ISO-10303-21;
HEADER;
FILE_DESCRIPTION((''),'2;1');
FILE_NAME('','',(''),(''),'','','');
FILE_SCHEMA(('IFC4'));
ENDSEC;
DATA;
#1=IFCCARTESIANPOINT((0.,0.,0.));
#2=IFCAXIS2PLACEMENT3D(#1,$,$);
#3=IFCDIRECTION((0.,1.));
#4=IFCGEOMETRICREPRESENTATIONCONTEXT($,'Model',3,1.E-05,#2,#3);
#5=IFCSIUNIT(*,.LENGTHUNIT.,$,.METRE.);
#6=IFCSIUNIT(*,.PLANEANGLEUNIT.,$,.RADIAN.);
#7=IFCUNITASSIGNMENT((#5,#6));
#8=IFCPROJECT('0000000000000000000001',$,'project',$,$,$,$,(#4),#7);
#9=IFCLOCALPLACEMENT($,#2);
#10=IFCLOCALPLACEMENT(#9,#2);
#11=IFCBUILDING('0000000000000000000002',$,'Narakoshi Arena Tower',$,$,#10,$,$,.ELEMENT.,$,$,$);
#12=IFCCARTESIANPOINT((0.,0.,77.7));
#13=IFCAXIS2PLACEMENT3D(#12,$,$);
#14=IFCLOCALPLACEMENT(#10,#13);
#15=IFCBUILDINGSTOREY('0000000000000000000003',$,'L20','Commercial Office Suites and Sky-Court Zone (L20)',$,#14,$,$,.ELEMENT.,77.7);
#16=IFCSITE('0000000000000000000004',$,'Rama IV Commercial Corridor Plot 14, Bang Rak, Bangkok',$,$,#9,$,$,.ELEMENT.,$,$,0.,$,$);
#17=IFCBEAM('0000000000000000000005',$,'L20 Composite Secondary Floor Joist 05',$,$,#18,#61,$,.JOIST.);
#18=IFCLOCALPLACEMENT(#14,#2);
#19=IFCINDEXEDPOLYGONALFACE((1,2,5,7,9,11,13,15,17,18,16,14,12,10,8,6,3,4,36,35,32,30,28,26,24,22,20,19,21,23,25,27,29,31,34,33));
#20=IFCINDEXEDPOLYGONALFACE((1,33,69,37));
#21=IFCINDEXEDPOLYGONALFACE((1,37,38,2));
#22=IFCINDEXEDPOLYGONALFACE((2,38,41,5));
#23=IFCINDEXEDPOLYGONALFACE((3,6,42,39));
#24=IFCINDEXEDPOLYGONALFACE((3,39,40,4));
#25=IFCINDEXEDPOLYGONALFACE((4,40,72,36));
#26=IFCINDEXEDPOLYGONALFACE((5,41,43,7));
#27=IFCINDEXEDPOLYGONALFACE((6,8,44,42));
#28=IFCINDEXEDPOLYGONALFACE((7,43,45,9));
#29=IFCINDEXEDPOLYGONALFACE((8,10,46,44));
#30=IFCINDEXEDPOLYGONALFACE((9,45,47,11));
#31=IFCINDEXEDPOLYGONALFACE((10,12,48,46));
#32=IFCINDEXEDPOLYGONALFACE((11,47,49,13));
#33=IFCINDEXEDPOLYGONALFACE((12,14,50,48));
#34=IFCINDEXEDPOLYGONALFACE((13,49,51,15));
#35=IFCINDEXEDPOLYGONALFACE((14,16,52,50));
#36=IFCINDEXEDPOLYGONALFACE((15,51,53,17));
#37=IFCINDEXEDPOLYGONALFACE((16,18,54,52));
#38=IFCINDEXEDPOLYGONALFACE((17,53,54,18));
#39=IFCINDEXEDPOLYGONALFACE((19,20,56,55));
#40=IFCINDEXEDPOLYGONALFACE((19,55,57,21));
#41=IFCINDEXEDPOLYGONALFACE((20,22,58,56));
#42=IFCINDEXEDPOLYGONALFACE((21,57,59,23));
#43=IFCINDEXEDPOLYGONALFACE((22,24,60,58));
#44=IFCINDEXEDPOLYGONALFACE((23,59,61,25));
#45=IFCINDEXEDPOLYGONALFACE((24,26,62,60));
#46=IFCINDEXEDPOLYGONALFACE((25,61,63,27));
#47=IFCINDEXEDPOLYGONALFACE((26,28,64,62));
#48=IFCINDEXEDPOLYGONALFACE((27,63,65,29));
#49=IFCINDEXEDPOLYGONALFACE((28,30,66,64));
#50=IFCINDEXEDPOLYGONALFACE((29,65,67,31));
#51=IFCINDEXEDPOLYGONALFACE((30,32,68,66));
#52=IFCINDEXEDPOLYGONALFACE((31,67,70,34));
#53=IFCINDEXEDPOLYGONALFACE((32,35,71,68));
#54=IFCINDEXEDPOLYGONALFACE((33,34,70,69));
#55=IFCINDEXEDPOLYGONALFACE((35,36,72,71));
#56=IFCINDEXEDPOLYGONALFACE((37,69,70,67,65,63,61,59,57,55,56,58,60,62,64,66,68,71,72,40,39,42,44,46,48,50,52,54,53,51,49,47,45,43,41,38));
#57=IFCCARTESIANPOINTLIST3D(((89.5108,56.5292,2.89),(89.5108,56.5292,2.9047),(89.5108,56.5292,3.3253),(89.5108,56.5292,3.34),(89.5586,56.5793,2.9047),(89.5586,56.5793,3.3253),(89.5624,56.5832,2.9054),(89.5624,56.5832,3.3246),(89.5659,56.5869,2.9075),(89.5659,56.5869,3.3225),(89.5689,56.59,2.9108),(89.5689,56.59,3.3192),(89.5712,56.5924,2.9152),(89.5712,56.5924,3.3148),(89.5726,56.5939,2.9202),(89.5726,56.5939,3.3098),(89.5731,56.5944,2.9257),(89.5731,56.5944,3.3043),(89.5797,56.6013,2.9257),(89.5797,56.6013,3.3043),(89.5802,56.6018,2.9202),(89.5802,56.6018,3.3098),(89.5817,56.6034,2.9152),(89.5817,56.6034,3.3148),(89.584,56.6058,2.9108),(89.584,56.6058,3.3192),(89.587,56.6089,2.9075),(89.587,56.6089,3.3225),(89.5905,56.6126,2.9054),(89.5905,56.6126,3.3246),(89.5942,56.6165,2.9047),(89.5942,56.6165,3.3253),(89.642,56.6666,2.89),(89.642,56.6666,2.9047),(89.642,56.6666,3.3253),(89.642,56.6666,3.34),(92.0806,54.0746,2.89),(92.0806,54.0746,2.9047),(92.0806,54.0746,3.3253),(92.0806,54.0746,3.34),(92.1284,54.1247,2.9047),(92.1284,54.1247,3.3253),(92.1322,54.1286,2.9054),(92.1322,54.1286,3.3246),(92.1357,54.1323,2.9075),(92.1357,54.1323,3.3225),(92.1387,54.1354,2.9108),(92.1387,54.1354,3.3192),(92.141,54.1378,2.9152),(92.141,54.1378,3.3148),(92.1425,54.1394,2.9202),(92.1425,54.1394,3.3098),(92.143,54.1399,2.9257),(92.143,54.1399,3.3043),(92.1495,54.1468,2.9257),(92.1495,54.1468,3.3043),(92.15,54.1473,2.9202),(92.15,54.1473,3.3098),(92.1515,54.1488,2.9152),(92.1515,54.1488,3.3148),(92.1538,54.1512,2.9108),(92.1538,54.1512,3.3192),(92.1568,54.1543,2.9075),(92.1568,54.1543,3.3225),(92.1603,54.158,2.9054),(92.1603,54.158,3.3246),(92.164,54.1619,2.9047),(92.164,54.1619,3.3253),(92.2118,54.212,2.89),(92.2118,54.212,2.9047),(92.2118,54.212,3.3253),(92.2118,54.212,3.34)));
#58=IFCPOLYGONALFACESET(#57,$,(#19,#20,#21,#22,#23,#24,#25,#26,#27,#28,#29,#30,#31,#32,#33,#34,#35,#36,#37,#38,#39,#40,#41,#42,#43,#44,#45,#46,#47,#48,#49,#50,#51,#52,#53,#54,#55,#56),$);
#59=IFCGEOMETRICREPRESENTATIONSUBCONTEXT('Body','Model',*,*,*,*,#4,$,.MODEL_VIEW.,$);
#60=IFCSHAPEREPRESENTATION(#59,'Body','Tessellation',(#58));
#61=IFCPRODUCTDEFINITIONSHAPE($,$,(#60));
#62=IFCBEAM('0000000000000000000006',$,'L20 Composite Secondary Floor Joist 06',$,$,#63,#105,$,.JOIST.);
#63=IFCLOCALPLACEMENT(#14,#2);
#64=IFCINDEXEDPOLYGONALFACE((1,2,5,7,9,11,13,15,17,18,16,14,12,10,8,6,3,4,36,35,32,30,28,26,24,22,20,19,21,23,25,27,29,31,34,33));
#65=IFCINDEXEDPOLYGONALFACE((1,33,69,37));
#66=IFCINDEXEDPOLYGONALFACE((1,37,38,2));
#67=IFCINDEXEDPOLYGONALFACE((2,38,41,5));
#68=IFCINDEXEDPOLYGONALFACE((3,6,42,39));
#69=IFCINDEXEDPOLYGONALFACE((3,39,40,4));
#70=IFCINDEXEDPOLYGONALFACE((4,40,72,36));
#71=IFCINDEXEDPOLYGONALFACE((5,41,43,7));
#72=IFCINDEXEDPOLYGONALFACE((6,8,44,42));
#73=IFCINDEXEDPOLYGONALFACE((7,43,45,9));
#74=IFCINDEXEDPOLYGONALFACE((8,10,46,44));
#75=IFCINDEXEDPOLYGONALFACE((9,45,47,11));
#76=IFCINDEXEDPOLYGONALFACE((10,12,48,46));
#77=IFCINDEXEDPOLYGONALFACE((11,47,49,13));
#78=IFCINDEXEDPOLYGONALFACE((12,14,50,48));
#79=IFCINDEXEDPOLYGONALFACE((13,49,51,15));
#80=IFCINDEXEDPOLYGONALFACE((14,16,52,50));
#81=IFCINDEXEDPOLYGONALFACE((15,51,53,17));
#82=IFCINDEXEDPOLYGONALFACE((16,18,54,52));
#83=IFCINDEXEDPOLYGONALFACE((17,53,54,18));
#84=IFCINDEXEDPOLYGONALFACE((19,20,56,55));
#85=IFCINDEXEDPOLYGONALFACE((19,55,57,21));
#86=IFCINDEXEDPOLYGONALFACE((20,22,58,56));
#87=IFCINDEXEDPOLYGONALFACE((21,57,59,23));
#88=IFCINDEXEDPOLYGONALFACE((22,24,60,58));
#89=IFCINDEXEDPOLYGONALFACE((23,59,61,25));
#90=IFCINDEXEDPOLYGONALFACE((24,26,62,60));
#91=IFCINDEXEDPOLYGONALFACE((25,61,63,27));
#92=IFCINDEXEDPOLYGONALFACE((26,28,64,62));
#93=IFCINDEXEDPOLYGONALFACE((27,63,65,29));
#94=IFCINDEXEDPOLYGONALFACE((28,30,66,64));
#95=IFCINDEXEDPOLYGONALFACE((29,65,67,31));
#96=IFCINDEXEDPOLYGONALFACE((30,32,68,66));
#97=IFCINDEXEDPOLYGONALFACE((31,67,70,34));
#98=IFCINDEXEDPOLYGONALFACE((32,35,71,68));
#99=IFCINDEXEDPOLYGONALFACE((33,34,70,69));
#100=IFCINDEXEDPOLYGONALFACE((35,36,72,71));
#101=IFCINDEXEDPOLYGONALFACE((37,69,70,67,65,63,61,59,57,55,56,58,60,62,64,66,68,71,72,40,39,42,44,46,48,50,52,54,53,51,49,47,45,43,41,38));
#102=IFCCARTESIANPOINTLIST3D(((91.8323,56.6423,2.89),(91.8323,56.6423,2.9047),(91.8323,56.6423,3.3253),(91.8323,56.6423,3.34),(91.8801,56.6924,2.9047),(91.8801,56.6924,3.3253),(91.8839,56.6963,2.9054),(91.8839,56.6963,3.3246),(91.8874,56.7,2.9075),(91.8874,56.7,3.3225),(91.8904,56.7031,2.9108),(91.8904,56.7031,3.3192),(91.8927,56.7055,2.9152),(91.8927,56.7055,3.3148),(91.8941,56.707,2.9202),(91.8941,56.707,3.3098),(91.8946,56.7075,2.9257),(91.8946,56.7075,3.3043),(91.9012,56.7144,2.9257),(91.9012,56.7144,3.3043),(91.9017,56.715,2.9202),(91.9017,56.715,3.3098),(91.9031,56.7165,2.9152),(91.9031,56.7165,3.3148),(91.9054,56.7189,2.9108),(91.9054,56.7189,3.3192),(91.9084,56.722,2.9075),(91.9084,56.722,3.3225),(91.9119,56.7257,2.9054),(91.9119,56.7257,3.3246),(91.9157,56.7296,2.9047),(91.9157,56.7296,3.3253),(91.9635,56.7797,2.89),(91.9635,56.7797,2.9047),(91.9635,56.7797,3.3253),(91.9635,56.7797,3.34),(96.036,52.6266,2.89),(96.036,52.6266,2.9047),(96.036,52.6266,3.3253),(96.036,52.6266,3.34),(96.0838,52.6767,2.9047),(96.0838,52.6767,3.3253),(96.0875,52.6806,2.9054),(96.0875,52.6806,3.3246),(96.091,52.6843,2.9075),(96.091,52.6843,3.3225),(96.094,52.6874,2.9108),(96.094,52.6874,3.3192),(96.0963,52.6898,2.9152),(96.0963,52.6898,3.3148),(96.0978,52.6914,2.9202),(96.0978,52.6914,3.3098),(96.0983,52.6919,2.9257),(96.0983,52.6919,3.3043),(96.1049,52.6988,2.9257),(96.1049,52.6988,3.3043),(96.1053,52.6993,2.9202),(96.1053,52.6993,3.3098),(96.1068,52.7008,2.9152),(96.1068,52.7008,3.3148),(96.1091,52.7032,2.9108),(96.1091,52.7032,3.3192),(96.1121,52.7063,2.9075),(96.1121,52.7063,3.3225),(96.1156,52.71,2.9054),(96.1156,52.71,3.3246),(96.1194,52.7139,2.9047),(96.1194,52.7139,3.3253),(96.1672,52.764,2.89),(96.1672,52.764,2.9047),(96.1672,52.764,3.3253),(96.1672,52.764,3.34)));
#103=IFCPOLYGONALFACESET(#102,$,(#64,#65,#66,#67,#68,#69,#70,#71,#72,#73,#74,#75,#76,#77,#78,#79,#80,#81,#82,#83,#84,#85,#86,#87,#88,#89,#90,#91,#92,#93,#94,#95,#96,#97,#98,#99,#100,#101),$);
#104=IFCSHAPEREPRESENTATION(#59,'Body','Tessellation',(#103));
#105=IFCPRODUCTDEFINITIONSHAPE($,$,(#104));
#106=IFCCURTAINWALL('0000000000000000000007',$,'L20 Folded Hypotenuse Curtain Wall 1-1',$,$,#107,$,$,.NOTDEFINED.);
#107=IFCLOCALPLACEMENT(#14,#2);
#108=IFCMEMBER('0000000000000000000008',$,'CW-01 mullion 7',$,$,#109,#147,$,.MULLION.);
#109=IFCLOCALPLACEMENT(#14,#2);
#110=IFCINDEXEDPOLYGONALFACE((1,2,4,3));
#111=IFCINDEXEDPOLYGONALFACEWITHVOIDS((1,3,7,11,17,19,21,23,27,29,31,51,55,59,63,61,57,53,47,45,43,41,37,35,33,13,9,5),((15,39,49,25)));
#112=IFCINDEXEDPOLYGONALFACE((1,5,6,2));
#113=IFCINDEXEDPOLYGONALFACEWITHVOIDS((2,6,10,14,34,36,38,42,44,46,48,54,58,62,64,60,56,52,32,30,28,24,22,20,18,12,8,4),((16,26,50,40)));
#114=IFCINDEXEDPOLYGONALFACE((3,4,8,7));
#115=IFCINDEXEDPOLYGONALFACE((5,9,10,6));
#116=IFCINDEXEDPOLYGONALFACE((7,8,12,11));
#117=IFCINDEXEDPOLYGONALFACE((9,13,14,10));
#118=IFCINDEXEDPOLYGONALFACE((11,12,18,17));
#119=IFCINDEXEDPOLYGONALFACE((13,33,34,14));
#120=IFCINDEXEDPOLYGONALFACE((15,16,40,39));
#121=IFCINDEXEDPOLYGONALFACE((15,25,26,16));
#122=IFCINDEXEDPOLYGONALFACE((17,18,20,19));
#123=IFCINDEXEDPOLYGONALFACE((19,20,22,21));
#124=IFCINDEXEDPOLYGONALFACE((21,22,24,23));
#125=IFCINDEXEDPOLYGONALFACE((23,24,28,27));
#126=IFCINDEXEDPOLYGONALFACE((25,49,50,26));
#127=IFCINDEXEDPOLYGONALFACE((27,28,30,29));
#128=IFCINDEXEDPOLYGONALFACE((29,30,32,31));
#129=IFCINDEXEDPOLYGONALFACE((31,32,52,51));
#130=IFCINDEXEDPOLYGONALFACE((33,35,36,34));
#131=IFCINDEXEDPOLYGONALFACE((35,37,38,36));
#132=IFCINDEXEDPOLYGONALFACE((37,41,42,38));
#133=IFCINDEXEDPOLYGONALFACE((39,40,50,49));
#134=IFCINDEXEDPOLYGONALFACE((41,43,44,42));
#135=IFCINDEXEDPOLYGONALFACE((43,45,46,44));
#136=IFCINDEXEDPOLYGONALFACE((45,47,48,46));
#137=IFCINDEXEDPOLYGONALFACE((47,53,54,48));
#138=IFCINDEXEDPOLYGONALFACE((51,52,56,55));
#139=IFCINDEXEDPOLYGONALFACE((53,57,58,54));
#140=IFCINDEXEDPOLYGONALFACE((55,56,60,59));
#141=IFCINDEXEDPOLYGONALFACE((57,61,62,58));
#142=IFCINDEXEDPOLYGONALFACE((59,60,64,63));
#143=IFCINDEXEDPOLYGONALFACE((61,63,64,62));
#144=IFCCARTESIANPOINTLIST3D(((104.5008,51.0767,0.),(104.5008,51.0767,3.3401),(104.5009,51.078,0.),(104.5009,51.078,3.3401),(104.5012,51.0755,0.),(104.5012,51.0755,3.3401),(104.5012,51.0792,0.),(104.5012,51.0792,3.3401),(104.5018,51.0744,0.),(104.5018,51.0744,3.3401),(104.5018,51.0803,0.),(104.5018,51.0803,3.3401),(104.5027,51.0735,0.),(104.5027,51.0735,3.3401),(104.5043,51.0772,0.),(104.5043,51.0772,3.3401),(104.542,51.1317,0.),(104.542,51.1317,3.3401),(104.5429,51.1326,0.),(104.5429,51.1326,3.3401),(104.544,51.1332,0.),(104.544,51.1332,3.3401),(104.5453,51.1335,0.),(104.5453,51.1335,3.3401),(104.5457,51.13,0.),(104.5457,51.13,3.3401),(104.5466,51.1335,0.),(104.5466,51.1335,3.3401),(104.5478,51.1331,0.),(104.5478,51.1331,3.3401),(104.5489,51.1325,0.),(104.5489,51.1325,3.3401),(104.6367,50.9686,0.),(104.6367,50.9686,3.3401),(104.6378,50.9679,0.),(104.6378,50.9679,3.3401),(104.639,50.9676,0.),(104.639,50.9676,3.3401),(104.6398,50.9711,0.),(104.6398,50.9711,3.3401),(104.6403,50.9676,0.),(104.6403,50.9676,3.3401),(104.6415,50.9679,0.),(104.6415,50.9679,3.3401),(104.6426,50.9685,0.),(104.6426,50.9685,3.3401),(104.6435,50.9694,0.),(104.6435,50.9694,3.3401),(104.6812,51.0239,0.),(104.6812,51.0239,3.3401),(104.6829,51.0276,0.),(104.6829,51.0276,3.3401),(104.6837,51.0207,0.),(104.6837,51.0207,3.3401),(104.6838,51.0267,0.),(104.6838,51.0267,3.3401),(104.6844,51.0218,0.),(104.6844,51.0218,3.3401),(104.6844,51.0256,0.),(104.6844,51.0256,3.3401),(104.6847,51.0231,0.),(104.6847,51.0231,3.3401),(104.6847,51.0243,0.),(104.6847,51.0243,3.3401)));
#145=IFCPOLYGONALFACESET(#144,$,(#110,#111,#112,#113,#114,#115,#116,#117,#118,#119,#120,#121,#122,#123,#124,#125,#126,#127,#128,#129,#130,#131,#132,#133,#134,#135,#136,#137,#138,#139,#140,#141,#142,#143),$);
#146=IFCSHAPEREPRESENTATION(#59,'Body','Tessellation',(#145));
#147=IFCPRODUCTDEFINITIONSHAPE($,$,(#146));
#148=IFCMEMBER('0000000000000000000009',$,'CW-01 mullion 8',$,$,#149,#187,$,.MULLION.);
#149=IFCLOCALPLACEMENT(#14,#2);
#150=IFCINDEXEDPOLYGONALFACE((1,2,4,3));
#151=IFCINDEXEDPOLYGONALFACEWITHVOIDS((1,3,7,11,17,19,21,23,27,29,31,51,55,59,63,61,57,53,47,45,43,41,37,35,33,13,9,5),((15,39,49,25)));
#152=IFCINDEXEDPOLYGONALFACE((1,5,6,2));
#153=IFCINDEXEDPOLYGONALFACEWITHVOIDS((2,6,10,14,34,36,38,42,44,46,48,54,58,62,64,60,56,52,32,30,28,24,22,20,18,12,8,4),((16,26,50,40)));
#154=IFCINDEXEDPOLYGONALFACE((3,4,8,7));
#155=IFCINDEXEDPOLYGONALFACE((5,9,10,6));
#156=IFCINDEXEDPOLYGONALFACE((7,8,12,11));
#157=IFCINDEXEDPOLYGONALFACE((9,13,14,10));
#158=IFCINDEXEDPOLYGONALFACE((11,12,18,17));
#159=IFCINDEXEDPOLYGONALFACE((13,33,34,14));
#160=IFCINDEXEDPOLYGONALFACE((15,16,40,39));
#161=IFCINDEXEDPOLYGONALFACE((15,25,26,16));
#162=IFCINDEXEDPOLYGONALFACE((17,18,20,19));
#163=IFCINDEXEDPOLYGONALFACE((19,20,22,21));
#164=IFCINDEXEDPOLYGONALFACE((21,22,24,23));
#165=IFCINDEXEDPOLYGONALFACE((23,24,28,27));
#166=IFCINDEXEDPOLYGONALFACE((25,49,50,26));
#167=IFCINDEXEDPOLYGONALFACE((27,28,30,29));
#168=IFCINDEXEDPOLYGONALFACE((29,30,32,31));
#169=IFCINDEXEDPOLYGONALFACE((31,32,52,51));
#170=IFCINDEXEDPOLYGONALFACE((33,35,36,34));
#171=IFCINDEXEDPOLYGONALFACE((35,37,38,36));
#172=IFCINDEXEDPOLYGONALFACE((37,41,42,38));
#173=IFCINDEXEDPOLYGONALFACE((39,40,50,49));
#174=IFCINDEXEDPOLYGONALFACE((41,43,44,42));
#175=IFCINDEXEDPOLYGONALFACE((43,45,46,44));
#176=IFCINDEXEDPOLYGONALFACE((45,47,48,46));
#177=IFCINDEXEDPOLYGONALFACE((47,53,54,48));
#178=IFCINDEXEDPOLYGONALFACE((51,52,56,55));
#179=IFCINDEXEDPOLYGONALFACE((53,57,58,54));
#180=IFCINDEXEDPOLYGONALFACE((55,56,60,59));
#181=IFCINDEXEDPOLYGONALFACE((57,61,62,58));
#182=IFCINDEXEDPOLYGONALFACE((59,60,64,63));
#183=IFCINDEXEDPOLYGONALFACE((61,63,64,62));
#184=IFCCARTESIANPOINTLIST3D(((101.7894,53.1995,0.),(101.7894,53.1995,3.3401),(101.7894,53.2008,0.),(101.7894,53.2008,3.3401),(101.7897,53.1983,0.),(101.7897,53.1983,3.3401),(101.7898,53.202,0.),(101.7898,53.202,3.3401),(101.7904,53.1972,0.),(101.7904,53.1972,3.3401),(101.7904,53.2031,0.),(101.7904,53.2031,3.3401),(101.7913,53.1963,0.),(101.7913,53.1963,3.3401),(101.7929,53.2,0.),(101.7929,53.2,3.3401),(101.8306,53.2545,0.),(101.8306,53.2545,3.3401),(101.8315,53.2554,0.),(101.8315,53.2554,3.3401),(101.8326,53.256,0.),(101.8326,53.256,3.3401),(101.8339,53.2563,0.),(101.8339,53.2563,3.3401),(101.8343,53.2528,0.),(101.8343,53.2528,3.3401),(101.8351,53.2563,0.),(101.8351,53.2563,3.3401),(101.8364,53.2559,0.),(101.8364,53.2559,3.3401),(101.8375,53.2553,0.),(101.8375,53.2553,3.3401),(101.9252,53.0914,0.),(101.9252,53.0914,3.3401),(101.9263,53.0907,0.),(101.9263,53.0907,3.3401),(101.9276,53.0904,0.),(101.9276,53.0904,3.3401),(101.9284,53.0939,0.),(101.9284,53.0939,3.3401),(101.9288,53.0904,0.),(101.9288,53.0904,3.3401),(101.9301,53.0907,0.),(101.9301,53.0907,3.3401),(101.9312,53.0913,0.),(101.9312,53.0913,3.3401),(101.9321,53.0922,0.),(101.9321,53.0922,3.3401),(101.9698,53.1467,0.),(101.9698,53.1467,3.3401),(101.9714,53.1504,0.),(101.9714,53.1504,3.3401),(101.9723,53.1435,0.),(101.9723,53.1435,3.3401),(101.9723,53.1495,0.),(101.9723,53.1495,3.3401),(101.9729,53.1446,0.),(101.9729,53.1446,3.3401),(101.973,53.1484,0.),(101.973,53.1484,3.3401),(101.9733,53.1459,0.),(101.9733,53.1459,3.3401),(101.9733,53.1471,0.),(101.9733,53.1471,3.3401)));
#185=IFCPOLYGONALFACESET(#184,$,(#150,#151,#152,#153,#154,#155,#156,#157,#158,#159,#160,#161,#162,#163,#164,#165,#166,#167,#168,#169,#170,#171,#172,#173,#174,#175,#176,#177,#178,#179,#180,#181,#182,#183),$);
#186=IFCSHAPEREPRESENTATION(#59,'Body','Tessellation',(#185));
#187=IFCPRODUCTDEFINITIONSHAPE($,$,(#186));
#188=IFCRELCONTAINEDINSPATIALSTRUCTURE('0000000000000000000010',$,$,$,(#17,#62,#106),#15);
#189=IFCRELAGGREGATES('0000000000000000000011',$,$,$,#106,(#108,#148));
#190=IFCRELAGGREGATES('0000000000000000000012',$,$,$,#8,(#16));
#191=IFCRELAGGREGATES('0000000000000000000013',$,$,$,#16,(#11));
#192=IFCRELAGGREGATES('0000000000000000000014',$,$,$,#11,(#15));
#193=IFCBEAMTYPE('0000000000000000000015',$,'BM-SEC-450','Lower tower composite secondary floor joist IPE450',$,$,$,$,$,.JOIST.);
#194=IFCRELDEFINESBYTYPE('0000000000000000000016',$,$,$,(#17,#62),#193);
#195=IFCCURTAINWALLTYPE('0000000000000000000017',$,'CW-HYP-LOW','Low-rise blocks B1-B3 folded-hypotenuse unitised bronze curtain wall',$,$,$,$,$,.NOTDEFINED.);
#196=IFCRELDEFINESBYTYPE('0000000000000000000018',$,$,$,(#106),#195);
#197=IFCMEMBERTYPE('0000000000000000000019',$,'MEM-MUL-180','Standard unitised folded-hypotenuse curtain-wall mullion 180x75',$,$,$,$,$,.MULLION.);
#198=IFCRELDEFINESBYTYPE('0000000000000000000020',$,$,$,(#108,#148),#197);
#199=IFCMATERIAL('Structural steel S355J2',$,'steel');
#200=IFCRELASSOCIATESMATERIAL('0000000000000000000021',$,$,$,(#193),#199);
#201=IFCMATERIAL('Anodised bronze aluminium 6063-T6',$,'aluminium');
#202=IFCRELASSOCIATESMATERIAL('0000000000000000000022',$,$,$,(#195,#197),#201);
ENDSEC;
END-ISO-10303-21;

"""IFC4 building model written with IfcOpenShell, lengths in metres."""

from ifc_helpers import new_model, si_unit, direction, frame, origin, origin_2d, place, context, subcontext, project, spatial, hollow_rectangle, i_section, extrude, material, material_profile, profile_set, type_object, element, aggregate, save


model = new_model("IFC4")

# Units and contexts
model_context = context("Model", 3, precision=1e-05, world=origin(), true_north=direction((0.0, 1.0)))
body_context = subcontext(model_context, "Body", "Model", "MODEL_VIEW")
ifc_project = project(units=[si_unit("LENGTHUNIT", "METRE"), si_unit("PLANEANGLEUNIT", "RADIAN")], contexts=[model_context])

# Site, building, storey
site_placement = place(None, origin())
site = spatial("IfcSite", under=ifc_project, at=site_placement, Name="Rama IV Commercial Corridor Plot 14, Bang Rak, Bangkok", CompositionType="ELEMENT", RefElevation=0.0)
building_placement = place(site_placement, origin())
building = spatial("IfcBuilding", under=site, at=building_placement, Name="Narakoshi Arena Tower", CompositionType="ELEMENT")
storey_placement = place(building_placement, frame((0.0, 0.0, 77.7)))
storey = spatial("IfcBuildingStorey", under=building, at=storey_placement, Name="L20", Description="Commercial Office Suites and Sky-Court Zone (L20)", CompositionType="ELEMENT", Elevation=77.7)

# Beams
ifc_material_1 = material(Name="Structural steel S355J2", Category="steel")
ifc_material_profile_1 = material_profile(ifc_material_1, i_section(OverallWidth=0.1899, OverallDepth=0.45, WebThickness=0.0095, FlangeThickness=0.0146, FilletRadius=0.021, at=origin_2d()), Name="IPE450")
ifc_profile_set_1 = profile_set([ifc_material_profile_1], Name="Structural steel S355J2")
beam_type_1 = type_object("IfcBeamType", Name="BM-SEC-450", Description="Lower tower composite secondary floor joist IPE450", PredefinedType="JOIST", material=ifc_profile_set_1)
beam_1_placement = place(storey_placement, frame((92.1462, 54.1433, 3.115), z_axis=(-0.723134, 0.690708, 0.0), x_axis=(-0.690708, -0.723134, 0.0)))
element("IfcBeam", 1, at=beam_1_placement, inside=storey, type_object=beam_type_1, Name="L20 Composite Secondary Floor Joist 05", PredefinedType="JOIST", context=body_context, shape_type="SweptSolid", body=[
    extrude(i_section(OverallWidth=0.1899, OverallDepth=0.45, WebThickness=0.0095, FlangeThickness=0.0146, FilletRadius=0.021, at=origin_2d()), origin(), (0.0, 0.0, 1.0), 3.5537),
])
beam_2_placement = place(storey_placement, frame((96.1016, 52.6953, 3.115), z_axis=(-0.72309, 0.690753, 0.0), x_axis=(-0.690753, -0.72309, 0.0)))
element("IfcBeam", 2, at=beam_2_placement, inside=storey, type_object=beam_type_1, Name="L20 Composite Secondary Floor Joist 06", PredefinedType="JOIST", context=body_context, shape_type="SweptSolid", body=[
    extrude(i_section(OverallWidth=0.1899, OverallDepth=0.45, WebThickness=0.0095, FlangeThickness=0.0146, FilletRadius=0.021, at=origin_2d()), origin(), (0.0, 0.0, 1.0), 5.8135),
])

# Curtain wall, members
ifc_material_2 = material(Name="Anodised bronze aluminium 6063-T6", Category="aluminium")
curtain_wall_type = type_object("IfcCurtainWallType", Name="CW-HYP-LOW", Description="Low-rise blocks B1-B3 folded-hypotenuse unitised bronze curtain wall", PredefinedType="NOTDEFINED", material=ifc_material_2)
curtain_wall_placement = place(storey_placement, origin())
curtain_wall = element("IfcCurtainWall", 3, at=curtain_wall_placement, inside=storey, type_object=curtain_wall_type, Name="L20 Folded Hypotenuse Curtain Wall 1-1", PredefinedType="NOTDEFINED")
ifc_material_profile_2 = material_profile(ifc_material_2, hollow_rectangle(XDim=0.075, YDim=0.1799, WallThickness=0.0039, OuterFilletRadius=0.0049, at=origin_2d()), Name="MUL180x75x4")
ifc_profile_set_2 = profile_set([ifc_material_profile_2], Name="Anodised bronze aluminium 6063-T6")
member_type_1 = type_object("IfcMemberType", Name="MEM-MUL-180", Description="Standard unitised folded-hypotenuse curtain-wall mullion 180x75", PredefinedType="MULLION", material=ifc_profile_set_2)
member_1_placement = place(storey_placement, frame((104.5928, 51.0505, 0.0), z_axis=(0.0, 0.0, 1.0), x_axis=(-0.616458, -0.787388, 0.0)))
member_1 = element("IfcMember", 4, at=member_1_placement, type_object=member_type_1, Name="CW-01 mullion 7", PredefinedType="MULLION", context=body_context, shape_type="SweptSolid", body=[
    extrude(hollow_rectangle(XDim=0.075, YDim=0.1799, WallThickness=0.0039, OuterFilletRadius=0.0049, at=origin_2d()), origin(), (0.0, 0.0, 1.0), 3.3401),
])
member_2_placement = place(storey_placement, frame((101.8813, 53.1733, 0.0), z_axis=(0.0, 0.0, 1.0), x_axis=(-0.616458, -0.787388, 0.0)))
member_2 = element("IfcMember", 5, at=member_2_placement, type_object=member_type_1, Name="CW-01 mullion 8", PredefinedType="MULLION", context=body_context, shape_type="SweptSolid", body=[
    extrude(hollow_rectangle(XDim=0.075, YDim=0.1799, WallThickness=0.0039, OuterFilletRadius=0.0049, at=origin_2d()), origin(), (0.0, 0.0, 1.0), 3.3401),
])
aggregate(curtain_wall, [member_1, member_2])

save(model, "model.ifc")
